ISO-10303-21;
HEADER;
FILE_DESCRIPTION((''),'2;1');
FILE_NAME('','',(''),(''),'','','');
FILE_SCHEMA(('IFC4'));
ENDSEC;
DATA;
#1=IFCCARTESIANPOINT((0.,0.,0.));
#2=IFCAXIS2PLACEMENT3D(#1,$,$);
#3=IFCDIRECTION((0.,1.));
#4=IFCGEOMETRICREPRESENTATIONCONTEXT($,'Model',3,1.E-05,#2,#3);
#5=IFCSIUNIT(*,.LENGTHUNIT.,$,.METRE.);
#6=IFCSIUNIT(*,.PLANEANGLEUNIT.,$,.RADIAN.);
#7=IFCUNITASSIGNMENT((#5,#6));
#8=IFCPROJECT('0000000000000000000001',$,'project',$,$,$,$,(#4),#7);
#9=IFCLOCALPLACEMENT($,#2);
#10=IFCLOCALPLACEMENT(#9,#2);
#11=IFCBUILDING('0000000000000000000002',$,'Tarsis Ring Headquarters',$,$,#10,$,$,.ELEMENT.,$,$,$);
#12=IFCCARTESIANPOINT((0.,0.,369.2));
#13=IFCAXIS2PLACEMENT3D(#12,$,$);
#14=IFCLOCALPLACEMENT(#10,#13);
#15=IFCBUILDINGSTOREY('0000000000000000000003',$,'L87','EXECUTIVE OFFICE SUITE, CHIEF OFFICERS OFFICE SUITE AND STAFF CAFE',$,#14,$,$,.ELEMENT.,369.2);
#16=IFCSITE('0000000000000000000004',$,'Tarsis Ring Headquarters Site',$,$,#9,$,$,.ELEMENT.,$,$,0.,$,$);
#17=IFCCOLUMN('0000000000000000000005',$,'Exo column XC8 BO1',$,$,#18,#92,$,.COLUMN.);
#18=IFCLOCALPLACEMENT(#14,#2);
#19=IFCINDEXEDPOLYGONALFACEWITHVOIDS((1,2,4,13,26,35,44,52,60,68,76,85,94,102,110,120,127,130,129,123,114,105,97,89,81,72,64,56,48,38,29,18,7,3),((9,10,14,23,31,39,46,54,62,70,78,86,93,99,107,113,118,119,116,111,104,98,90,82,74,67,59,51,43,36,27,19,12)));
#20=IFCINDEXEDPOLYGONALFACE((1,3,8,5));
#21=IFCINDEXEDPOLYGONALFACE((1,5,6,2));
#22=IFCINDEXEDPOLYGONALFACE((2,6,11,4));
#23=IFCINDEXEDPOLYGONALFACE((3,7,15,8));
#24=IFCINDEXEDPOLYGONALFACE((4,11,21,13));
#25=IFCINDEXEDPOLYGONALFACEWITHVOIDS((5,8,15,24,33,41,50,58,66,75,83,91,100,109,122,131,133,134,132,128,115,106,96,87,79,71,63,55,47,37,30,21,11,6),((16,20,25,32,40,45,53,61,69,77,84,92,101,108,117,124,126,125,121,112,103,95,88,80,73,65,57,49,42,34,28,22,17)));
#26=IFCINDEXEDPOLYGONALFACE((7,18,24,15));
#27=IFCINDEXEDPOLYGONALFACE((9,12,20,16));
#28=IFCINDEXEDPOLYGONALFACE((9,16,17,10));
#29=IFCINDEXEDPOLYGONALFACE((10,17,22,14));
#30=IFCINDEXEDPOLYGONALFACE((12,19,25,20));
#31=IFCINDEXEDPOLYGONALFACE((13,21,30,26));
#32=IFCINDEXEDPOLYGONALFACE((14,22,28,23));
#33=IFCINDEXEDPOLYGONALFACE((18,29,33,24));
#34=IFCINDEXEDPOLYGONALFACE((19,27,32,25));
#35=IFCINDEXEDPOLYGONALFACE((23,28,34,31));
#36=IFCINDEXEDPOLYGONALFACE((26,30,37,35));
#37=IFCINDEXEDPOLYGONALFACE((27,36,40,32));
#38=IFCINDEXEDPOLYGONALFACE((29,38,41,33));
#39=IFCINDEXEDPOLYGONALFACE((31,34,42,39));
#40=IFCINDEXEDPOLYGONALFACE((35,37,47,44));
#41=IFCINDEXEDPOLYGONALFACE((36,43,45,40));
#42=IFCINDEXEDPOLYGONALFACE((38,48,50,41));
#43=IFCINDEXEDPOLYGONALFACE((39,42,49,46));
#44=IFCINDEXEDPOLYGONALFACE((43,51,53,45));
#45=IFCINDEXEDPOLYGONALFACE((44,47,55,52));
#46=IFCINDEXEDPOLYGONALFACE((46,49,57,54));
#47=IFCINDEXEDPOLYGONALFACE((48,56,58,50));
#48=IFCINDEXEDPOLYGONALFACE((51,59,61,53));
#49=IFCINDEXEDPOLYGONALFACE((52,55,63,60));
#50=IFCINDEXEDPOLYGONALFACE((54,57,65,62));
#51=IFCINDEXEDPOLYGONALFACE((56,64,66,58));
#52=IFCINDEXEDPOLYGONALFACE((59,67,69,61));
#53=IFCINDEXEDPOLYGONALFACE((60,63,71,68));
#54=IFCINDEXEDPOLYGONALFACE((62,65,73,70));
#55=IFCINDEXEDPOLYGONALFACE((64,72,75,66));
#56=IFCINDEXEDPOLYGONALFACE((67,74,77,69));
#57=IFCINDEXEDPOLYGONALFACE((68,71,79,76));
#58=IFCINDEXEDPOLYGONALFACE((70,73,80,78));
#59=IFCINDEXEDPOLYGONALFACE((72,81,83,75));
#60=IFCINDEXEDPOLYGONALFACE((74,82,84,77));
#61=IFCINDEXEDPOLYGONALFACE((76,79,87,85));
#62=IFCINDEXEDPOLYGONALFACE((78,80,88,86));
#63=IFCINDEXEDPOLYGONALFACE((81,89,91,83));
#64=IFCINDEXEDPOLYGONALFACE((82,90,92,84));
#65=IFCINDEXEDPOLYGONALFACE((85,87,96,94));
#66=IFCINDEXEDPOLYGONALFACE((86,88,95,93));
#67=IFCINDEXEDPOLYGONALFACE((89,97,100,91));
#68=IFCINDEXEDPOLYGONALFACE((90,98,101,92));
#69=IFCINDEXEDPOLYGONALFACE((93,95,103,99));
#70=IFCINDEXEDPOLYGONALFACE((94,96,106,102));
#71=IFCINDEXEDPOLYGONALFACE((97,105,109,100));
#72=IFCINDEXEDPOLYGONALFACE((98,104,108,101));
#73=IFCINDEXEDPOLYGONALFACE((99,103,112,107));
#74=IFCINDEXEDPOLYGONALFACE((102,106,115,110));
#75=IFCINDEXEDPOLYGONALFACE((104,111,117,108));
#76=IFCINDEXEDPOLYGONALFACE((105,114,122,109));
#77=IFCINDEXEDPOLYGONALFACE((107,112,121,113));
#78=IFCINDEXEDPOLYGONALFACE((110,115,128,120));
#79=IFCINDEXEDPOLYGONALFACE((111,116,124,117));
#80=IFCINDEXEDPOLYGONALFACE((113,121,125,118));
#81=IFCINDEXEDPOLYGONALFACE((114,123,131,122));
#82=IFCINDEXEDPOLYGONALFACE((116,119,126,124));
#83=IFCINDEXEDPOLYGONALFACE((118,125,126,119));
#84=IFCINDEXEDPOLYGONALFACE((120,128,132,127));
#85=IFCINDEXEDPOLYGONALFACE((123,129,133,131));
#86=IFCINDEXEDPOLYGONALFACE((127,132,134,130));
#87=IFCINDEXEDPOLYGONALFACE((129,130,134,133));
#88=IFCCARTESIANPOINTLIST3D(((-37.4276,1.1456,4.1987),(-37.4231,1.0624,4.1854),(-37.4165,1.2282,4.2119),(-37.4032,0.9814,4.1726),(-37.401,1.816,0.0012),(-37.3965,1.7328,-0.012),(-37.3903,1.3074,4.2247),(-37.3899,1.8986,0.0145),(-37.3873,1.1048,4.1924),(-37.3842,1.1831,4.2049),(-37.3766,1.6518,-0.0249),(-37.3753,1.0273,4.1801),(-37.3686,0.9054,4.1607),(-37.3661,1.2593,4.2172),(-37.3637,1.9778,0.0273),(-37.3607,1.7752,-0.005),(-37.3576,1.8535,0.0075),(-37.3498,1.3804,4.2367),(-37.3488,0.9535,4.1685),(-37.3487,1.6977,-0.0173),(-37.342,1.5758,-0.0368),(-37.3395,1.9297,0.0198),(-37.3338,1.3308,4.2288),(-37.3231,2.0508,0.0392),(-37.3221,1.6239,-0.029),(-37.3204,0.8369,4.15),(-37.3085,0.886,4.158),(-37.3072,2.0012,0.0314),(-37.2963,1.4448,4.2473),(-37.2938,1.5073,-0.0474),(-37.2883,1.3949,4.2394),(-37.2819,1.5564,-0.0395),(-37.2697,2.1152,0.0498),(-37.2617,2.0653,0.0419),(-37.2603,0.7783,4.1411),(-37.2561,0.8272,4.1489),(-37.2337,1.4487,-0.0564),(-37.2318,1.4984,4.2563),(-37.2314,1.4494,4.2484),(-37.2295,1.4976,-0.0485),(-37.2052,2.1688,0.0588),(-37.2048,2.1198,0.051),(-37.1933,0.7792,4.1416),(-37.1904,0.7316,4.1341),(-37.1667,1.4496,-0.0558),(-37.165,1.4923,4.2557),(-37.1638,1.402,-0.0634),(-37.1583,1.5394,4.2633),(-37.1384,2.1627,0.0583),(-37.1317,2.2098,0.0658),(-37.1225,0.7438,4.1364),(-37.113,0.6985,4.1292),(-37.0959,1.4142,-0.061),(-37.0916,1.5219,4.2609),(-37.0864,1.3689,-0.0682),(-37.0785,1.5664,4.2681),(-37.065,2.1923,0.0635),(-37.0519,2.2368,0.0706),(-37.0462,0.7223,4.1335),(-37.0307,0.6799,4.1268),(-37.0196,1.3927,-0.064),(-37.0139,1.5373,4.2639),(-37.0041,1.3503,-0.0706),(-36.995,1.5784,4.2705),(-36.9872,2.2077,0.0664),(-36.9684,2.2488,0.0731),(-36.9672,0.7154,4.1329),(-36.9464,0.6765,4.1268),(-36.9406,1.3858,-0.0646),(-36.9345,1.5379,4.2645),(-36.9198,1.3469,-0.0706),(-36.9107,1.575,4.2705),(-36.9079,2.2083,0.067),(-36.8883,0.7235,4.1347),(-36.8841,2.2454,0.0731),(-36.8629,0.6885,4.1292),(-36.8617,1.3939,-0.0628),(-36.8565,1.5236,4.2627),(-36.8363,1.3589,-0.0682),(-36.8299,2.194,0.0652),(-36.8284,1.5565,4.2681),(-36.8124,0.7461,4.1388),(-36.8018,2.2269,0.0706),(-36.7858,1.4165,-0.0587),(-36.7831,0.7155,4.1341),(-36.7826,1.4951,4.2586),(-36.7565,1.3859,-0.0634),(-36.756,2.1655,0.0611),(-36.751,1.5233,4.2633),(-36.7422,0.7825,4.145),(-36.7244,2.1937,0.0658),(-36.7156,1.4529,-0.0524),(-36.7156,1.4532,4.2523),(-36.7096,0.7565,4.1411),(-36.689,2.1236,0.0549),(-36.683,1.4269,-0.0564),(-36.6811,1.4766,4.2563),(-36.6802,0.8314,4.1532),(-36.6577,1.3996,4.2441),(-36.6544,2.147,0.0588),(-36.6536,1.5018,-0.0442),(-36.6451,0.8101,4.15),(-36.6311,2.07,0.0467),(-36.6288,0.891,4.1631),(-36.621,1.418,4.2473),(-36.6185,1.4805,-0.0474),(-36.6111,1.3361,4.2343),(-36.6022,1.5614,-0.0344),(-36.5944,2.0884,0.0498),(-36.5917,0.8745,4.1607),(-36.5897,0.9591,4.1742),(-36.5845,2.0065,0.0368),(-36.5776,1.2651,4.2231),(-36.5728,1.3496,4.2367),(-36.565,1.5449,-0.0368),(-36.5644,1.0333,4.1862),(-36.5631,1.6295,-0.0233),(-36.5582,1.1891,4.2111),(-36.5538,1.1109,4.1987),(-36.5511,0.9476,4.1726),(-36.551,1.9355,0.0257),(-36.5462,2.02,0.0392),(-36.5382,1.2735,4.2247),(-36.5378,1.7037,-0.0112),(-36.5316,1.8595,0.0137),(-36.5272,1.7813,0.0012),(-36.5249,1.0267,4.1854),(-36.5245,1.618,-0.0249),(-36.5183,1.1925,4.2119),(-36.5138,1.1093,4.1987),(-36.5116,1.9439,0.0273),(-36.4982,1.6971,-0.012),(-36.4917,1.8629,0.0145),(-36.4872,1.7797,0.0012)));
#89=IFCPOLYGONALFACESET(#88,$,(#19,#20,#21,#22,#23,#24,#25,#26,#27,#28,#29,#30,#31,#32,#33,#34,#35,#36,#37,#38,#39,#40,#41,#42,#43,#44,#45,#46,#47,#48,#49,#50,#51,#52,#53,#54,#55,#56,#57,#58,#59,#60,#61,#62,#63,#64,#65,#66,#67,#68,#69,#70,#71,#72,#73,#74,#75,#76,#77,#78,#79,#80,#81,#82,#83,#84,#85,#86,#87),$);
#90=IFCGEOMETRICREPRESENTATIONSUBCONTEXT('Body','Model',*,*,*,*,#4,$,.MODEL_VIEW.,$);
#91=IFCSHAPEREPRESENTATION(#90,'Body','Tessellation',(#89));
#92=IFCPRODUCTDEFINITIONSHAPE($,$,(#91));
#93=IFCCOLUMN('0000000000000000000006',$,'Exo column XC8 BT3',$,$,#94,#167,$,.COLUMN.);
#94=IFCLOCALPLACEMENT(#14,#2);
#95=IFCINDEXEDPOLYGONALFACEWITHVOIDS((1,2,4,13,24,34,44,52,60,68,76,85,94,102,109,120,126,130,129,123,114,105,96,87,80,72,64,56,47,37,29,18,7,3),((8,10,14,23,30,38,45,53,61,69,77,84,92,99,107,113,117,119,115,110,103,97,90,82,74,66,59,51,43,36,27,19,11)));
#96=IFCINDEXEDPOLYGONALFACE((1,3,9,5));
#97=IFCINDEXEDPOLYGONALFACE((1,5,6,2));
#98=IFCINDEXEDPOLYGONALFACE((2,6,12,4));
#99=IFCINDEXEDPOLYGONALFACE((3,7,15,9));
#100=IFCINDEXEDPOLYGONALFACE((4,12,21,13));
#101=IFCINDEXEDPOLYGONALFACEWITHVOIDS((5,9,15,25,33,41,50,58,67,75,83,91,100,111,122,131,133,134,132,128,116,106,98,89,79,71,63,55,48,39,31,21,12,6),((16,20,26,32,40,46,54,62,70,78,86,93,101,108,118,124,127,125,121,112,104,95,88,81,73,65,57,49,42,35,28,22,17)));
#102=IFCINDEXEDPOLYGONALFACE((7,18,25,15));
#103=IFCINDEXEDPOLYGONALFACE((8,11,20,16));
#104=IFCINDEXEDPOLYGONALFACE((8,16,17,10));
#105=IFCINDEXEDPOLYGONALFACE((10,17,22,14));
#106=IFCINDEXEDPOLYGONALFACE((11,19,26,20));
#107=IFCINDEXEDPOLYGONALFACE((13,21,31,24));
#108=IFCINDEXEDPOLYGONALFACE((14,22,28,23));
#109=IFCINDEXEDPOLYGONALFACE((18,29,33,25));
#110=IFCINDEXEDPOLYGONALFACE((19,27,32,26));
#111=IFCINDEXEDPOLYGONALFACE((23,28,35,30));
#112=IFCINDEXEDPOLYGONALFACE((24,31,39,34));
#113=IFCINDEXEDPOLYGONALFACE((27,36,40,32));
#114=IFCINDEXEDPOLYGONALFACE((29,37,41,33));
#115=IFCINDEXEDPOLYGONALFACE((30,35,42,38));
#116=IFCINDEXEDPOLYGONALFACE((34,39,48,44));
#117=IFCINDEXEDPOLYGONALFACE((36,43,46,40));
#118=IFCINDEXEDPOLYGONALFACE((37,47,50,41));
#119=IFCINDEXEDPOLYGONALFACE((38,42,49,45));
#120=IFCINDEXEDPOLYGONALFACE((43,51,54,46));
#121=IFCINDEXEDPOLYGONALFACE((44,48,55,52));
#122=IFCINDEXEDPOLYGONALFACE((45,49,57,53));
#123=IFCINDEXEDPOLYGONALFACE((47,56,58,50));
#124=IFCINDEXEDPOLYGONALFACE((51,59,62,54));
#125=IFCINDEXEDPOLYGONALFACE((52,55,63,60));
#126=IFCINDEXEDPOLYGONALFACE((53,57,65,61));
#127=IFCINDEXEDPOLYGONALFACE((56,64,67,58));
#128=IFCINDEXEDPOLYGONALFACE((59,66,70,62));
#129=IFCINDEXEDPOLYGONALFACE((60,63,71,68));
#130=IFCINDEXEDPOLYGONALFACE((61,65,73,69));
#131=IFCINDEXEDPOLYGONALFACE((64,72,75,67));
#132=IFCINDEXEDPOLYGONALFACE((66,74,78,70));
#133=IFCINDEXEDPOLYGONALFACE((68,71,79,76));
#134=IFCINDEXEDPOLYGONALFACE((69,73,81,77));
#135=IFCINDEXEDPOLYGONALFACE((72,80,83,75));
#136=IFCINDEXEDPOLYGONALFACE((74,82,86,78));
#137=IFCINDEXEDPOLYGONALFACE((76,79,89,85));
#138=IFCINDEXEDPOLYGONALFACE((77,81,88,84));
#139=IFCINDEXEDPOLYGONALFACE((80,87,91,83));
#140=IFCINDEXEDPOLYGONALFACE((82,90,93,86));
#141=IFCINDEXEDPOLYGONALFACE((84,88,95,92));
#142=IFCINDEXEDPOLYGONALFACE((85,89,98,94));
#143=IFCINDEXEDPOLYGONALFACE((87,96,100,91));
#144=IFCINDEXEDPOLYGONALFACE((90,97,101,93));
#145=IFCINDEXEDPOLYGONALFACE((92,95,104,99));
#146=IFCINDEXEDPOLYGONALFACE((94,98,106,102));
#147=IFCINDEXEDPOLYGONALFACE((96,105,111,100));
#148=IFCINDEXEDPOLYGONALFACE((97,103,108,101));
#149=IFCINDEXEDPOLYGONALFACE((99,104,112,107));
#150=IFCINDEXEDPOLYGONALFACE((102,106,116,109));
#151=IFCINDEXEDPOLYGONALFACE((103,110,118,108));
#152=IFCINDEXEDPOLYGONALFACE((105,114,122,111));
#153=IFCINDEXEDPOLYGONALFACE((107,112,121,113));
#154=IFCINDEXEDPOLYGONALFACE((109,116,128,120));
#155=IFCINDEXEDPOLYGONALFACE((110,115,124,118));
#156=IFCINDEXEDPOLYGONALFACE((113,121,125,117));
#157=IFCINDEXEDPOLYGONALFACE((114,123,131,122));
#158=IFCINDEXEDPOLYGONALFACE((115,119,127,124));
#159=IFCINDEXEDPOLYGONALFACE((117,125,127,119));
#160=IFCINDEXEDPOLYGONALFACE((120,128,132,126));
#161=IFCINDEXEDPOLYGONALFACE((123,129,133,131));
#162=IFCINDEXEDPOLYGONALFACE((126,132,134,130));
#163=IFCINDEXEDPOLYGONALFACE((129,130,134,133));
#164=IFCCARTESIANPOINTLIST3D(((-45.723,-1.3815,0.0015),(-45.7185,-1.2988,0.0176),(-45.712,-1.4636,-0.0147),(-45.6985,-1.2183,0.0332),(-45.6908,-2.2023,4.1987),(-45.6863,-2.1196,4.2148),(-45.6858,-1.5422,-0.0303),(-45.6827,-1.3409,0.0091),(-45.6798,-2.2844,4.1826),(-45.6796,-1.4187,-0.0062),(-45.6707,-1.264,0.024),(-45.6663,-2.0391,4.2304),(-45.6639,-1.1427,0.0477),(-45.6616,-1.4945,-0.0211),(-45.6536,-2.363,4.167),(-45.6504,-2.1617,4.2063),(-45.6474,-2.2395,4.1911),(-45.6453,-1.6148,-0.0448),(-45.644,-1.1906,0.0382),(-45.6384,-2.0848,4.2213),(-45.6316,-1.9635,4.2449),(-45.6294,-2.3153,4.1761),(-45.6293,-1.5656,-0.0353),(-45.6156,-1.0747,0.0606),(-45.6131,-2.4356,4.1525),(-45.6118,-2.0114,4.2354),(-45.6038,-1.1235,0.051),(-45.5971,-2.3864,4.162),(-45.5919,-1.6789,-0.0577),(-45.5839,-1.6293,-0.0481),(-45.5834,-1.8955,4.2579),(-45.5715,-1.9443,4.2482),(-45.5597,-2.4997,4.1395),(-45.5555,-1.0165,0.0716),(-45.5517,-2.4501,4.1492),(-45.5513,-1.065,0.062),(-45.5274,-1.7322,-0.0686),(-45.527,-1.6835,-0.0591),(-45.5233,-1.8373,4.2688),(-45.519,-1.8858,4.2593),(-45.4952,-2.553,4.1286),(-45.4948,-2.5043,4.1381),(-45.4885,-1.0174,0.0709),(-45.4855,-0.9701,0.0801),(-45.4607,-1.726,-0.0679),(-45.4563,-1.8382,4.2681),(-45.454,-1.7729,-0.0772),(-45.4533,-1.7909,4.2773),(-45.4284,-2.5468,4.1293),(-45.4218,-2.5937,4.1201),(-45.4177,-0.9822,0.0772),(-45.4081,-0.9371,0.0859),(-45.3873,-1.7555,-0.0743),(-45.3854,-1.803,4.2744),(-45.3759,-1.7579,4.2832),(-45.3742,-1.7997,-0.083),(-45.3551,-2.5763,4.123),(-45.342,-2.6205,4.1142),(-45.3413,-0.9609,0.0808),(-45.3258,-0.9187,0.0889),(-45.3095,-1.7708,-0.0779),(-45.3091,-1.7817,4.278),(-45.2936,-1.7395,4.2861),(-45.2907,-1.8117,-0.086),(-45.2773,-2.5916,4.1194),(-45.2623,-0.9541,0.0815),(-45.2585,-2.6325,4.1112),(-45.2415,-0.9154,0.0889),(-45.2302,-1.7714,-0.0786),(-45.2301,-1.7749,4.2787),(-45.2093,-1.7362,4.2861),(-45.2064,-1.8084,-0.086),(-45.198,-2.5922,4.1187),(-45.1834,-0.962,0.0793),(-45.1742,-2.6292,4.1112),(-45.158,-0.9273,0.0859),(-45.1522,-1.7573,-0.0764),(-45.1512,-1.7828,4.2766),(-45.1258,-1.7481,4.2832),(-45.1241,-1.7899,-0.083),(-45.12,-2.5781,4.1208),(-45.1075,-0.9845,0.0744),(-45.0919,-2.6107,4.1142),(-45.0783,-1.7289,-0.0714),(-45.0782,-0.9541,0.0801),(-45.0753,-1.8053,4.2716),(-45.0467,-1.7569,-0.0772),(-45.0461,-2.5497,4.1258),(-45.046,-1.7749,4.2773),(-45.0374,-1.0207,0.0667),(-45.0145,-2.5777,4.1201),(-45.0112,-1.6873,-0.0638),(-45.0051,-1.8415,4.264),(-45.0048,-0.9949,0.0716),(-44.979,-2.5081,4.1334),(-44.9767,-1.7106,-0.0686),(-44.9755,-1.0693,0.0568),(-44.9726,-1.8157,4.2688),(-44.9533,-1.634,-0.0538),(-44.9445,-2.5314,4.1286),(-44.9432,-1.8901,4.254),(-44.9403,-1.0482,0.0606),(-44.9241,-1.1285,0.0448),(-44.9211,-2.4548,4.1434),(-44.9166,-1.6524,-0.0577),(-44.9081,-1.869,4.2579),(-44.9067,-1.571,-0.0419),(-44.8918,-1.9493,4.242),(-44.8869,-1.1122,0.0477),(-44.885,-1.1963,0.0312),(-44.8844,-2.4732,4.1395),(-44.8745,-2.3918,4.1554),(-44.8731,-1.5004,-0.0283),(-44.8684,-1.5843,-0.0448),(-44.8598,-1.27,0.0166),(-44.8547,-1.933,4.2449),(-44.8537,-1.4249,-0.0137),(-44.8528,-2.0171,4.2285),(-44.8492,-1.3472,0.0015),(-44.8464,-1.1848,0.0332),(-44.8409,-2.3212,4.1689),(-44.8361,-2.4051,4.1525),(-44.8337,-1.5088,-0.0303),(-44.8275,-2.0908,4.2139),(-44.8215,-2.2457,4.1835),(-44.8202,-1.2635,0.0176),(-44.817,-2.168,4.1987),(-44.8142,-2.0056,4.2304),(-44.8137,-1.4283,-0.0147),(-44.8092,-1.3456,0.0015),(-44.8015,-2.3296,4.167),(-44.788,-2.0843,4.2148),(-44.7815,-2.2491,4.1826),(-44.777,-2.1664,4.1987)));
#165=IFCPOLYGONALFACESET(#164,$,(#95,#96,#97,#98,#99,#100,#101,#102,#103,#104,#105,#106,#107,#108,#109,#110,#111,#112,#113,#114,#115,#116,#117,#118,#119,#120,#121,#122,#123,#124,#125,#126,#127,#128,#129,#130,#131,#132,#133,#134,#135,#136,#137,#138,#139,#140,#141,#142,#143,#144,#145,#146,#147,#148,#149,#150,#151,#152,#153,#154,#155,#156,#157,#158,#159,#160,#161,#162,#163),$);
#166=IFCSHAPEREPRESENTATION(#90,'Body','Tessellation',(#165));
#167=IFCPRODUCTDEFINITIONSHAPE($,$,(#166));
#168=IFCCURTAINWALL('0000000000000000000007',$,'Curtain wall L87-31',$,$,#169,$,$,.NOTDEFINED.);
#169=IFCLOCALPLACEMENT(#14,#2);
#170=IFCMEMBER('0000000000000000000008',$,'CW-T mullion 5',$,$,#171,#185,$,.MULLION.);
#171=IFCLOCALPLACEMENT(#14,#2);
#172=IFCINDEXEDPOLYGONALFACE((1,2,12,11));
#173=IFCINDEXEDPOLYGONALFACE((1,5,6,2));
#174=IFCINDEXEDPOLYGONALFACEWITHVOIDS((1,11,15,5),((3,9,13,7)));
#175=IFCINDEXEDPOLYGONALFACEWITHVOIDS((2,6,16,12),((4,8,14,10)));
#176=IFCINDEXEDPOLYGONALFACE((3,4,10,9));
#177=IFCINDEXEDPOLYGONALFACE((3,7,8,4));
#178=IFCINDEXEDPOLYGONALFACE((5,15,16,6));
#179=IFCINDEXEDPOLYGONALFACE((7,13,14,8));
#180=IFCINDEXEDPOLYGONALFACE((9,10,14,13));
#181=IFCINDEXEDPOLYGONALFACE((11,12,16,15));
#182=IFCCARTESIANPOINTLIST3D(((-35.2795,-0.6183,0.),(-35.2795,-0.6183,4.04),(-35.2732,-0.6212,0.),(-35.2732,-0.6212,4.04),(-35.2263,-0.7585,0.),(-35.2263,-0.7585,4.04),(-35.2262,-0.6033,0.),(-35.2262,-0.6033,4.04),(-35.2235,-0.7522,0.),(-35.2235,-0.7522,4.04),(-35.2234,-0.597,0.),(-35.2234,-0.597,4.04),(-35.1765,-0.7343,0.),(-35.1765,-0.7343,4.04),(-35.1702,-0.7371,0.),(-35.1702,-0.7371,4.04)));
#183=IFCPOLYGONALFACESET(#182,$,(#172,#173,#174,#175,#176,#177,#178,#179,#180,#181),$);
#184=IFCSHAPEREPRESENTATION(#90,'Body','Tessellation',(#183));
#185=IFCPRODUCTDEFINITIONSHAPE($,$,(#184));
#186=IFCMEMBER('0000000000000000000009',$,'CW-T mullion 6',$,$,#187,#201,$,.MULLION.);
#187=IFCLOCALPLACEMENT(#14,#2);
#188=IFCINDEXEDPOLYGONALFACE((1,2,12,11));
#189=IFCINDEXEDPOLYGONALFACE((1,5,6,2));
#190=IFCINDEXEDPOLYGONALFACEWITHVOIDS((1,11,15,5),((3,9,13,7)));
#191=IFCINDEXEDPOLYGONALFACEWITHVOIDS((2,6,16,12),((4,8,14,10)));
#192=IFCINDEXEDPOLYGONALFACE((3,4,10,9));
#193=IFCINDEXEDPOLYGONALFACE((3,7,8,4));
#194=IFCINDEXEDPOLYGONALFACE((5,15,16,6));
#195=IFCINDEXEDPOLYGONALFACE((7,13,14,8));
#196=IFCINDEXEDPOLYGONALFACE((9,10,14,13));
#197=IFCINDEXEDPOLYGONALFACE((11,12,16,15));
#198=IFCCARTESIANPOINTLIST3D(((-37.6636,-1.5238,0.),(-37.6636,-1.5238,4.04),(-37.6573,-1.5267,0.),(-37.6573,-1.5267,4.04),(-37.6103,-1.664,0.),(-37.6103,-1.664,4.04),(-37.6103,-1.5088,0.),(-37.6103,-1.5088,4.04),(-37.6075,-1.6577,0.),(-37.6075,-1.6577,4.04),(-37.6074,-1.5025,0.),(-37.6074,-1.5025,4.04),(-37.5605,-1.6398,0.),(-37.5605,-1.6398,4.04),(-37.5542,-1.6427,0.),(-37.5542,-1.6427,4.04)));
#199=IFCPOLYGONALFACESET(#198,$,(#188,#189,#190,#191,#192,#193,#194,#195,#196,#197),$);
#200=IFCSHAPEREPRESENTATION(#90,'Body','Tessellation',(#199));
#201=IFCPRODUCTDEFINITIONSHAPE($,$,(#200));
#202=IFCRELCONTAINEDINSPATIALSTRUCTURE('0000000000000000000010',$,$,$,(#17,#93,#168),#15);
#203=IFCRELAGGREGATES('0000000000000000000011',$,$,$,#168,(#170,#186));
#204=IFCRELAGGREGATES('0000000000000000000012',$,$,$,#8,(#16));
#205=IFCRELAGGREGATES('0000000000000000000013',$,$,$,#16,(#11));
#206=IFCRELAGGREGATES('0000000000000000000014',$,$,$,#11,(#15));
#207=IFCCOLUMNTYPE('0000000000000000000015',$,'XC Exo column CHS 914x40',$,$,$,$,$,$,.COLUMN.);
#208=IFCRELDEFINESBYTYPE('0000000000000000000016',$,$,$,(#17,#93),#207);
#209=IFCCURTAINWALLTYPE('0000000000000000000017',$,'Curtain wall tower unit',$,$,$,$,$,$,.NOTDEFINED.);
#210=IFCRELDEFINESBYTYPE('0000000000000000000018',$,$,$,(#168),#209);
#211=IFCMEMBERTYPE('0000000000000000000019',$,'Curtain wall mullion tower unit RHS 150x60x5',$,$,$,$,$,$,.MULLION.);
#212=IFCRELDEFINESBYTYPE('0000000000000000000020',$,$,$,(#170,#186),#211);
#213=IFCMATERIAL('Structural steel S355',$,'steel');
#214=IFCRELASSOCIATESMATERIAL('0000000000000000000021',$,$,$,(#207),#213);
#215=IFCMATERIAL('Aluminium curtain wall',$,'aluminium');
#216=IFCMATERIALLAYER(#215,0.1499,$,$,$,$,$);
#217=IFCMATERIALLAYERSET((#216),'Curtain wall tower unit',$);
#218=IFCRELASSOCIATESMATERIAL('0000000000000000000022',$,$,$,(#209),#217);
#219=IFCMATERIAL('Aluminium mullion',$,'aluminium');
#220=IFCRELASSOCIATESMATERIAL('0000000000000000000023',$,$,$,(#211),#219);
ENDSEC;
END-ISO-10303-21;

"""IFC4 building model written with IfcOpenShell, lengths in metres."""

from ifc_helpers import new_model, si_unit, direction, frame, origin, origin_2d, place, context, subcontext, project, spatial, hollow_rectangle, hollow_circle, extrude, material, layer, layer_set, material_profile, profile_set, type_object, element, aggregate, save


model = new_model("IFC4")

# Units and contexts
model_context = context("Model", 3, precision=1e-05, world=origin(), true_north=direction((0.0, 1.0)))
body_context = subcontext(model_context, "Body", "Model", "MODEL_VIEW")
ifc_project = project(units=[si_unit("LENGTHUNIT", "METRE"), si_unit("PLANEANGLEUNIT", "RADIAN")], contexts=[model_context])

# Site, building, storey
site_placement = place(None, origin())
site = spatial("IfcSite", under=ifc_project, at=site_placement, Name="Tarsis Ring Headquarters Site", CompositionType="ELEMENT", RefElevation=0.0)
building_placement = place(site_placement, origin())
building = spatial("IfcBuilding", under=site, at=building_placement, Name="Tarsis Ring Headquarters", CompositionType="ELEMENT")
storey_placement = place(building_placement, frame((0.0, 0.0, 369.2)))
storey = spatial("IfcBuildingStorey", under=building, at=storey_placement, Name="L87", Description="EXECUTIVE OFFICE SUITE, CHIEF OFFICERS OFFICE SUITE AND STAFF CAFE", CompositionType="ELEMENT", Elevation=369.2)

# Columns
ifc_material_1 = material(Name="Structural steel S355", Category="steel")
ifc_material_profile_1 = material_profile(ifc_material_1, hollow_circle(Radius=0.457, WallThickness=0.04, at=origin_2d()), Name="CHS 914x40")
ifc_profile_set_1 = profile_set([ifc_material_profile_1], Name="Structural steel S355")
column_type = type_object("IfcColumnType", Name="XC Exo column CHS 914x40", PredefinedType="COLUMN", material=ifc_profile_set_1)
column_1_placement = place(storey_placement, frame((-36.9441, 1.7979, 0.0012), z_axis=(-0.00626, -0.157714, 0.987465), x_axis=(0.999213, -0.039663, 0.0)))
element("IfcColumn", 1, at=column_1_placement, inside=storey, type_object=column_type, Name="Exo column XC8 BO1", PredefinedType="COLUMN", context=body_context, shape_type="SweptSolid", body=[
    extrude(hollow_circle(Radius=0.4573, WallThickness=0.04, at=origin_2d()), origin(), (0.0, 0.0, 1.0), 4.2507),
])
column_2_placement = place(storey_placement, frame((-45.2661, -1.3635, 0.0015), z_axis=(0.007535, -0.191915, 0.981383), x_axis=(0.99923, 0.039232, 0.0)))
element("IfcColumn", 2, at=column_2_placement, inside=storey, type_object=column_type, Name="Exo column XC8 BT3", PredefinedType="COLUMN", context=body_context, shape_type="SweptSolid", body=[
    extrude(hollow_circle(Radius=0.4573, WallThickness=0.04, at=origin_2d()), origin(), (0.0, 0.0, 1.0), 4.2769),
])

# Curtain wall, members
ifc_material_2 = material(Name="Aluminium curtain wall", Category="aluminium")
ifc_layer_1 = layer(ifc_material_2, 0.1499)
ifc_layer_set_1 = layer_set([ifc_layer_1], Name="Curtain wall tower unit")
curtain_wall_type = type_object("IfcCurtainWallType", Name="Curtain wall tower unit", PredefinedType="NOTDEFINED", material=ifc_layer_set_1)
curtain_wall_placement = place(storey_placement, origin())
curtain_wall = element("IfcCurtainWall", 3, at=curtain_wall_placement, inside=storey, type_object=curtain_wall_type, Name="Curtain wall L87-31", PredefinedType="NOTDEFINED")
ifc_material_3 = material(Name="Aluminium mullion", Category="aluminium")
ifc_material_profile_2 = material_profile(ifc_material_3, hollow_rectangle(XDim=0.1499, YDim=0.0601, WallThickness=0.0049, at=origin_2d()), Name="RHS 150x60x5")
ifc_profile_set_2 = profile_set([ifc_material_profile_2], Name="Aluminium mullion")
member_type_1 = type_object("IfcMemberType", Name="Curtain wall mullion tower unit RHS 150x60x5", PredefinedType="MULLION", material=ifc_profile_set_2)
member_1_placement = place(storey_placement, frame((-35.2249, -0.6777, 0.0), z_axis=(0.0, 0.0, 1.0), x_axis=(0.355107, -0.934826, 0.0)))
member_1 = element("IfcMember", 4, at=member_1_placement, type_object=member_type_1, Name="CW-T mullion 5", PredefinedType="MULLION", context=body_context, shape_type="SweptSolid", body=[
    extrude(hollow_rectangle(XDim=0.1499, YDim=0.0601, WallThickness=0.0049, at=origin_2d()), origin(), (0.0, 0.0, 1.0), 4.04),
])
member_2_placement = place(storey_placement, frame((-37.6089, -1.5833, 0.0), z_axis=(0.0, 0.0, 1.0), x_axis=(0.355107, -0.934826, 0.0)))
member_2 = element("IfcMember", 5, at=member_2_placement, type_object=member_type_1, Name="CW-T mullion 6", PredefinedType="MULLION", context=body_context, shape_type="SweptSolid", body=[
    extrude(hollow_rectangle(XDim=0.1499, YDim=0.0601, WallThickness=0.0049, at=origin_2d()), origin(), (0.0, 0.0, 1.0), 4.04),
])

aggregate(curtain_wall, [member_1, member_2])

save(model, "model.ifc")
